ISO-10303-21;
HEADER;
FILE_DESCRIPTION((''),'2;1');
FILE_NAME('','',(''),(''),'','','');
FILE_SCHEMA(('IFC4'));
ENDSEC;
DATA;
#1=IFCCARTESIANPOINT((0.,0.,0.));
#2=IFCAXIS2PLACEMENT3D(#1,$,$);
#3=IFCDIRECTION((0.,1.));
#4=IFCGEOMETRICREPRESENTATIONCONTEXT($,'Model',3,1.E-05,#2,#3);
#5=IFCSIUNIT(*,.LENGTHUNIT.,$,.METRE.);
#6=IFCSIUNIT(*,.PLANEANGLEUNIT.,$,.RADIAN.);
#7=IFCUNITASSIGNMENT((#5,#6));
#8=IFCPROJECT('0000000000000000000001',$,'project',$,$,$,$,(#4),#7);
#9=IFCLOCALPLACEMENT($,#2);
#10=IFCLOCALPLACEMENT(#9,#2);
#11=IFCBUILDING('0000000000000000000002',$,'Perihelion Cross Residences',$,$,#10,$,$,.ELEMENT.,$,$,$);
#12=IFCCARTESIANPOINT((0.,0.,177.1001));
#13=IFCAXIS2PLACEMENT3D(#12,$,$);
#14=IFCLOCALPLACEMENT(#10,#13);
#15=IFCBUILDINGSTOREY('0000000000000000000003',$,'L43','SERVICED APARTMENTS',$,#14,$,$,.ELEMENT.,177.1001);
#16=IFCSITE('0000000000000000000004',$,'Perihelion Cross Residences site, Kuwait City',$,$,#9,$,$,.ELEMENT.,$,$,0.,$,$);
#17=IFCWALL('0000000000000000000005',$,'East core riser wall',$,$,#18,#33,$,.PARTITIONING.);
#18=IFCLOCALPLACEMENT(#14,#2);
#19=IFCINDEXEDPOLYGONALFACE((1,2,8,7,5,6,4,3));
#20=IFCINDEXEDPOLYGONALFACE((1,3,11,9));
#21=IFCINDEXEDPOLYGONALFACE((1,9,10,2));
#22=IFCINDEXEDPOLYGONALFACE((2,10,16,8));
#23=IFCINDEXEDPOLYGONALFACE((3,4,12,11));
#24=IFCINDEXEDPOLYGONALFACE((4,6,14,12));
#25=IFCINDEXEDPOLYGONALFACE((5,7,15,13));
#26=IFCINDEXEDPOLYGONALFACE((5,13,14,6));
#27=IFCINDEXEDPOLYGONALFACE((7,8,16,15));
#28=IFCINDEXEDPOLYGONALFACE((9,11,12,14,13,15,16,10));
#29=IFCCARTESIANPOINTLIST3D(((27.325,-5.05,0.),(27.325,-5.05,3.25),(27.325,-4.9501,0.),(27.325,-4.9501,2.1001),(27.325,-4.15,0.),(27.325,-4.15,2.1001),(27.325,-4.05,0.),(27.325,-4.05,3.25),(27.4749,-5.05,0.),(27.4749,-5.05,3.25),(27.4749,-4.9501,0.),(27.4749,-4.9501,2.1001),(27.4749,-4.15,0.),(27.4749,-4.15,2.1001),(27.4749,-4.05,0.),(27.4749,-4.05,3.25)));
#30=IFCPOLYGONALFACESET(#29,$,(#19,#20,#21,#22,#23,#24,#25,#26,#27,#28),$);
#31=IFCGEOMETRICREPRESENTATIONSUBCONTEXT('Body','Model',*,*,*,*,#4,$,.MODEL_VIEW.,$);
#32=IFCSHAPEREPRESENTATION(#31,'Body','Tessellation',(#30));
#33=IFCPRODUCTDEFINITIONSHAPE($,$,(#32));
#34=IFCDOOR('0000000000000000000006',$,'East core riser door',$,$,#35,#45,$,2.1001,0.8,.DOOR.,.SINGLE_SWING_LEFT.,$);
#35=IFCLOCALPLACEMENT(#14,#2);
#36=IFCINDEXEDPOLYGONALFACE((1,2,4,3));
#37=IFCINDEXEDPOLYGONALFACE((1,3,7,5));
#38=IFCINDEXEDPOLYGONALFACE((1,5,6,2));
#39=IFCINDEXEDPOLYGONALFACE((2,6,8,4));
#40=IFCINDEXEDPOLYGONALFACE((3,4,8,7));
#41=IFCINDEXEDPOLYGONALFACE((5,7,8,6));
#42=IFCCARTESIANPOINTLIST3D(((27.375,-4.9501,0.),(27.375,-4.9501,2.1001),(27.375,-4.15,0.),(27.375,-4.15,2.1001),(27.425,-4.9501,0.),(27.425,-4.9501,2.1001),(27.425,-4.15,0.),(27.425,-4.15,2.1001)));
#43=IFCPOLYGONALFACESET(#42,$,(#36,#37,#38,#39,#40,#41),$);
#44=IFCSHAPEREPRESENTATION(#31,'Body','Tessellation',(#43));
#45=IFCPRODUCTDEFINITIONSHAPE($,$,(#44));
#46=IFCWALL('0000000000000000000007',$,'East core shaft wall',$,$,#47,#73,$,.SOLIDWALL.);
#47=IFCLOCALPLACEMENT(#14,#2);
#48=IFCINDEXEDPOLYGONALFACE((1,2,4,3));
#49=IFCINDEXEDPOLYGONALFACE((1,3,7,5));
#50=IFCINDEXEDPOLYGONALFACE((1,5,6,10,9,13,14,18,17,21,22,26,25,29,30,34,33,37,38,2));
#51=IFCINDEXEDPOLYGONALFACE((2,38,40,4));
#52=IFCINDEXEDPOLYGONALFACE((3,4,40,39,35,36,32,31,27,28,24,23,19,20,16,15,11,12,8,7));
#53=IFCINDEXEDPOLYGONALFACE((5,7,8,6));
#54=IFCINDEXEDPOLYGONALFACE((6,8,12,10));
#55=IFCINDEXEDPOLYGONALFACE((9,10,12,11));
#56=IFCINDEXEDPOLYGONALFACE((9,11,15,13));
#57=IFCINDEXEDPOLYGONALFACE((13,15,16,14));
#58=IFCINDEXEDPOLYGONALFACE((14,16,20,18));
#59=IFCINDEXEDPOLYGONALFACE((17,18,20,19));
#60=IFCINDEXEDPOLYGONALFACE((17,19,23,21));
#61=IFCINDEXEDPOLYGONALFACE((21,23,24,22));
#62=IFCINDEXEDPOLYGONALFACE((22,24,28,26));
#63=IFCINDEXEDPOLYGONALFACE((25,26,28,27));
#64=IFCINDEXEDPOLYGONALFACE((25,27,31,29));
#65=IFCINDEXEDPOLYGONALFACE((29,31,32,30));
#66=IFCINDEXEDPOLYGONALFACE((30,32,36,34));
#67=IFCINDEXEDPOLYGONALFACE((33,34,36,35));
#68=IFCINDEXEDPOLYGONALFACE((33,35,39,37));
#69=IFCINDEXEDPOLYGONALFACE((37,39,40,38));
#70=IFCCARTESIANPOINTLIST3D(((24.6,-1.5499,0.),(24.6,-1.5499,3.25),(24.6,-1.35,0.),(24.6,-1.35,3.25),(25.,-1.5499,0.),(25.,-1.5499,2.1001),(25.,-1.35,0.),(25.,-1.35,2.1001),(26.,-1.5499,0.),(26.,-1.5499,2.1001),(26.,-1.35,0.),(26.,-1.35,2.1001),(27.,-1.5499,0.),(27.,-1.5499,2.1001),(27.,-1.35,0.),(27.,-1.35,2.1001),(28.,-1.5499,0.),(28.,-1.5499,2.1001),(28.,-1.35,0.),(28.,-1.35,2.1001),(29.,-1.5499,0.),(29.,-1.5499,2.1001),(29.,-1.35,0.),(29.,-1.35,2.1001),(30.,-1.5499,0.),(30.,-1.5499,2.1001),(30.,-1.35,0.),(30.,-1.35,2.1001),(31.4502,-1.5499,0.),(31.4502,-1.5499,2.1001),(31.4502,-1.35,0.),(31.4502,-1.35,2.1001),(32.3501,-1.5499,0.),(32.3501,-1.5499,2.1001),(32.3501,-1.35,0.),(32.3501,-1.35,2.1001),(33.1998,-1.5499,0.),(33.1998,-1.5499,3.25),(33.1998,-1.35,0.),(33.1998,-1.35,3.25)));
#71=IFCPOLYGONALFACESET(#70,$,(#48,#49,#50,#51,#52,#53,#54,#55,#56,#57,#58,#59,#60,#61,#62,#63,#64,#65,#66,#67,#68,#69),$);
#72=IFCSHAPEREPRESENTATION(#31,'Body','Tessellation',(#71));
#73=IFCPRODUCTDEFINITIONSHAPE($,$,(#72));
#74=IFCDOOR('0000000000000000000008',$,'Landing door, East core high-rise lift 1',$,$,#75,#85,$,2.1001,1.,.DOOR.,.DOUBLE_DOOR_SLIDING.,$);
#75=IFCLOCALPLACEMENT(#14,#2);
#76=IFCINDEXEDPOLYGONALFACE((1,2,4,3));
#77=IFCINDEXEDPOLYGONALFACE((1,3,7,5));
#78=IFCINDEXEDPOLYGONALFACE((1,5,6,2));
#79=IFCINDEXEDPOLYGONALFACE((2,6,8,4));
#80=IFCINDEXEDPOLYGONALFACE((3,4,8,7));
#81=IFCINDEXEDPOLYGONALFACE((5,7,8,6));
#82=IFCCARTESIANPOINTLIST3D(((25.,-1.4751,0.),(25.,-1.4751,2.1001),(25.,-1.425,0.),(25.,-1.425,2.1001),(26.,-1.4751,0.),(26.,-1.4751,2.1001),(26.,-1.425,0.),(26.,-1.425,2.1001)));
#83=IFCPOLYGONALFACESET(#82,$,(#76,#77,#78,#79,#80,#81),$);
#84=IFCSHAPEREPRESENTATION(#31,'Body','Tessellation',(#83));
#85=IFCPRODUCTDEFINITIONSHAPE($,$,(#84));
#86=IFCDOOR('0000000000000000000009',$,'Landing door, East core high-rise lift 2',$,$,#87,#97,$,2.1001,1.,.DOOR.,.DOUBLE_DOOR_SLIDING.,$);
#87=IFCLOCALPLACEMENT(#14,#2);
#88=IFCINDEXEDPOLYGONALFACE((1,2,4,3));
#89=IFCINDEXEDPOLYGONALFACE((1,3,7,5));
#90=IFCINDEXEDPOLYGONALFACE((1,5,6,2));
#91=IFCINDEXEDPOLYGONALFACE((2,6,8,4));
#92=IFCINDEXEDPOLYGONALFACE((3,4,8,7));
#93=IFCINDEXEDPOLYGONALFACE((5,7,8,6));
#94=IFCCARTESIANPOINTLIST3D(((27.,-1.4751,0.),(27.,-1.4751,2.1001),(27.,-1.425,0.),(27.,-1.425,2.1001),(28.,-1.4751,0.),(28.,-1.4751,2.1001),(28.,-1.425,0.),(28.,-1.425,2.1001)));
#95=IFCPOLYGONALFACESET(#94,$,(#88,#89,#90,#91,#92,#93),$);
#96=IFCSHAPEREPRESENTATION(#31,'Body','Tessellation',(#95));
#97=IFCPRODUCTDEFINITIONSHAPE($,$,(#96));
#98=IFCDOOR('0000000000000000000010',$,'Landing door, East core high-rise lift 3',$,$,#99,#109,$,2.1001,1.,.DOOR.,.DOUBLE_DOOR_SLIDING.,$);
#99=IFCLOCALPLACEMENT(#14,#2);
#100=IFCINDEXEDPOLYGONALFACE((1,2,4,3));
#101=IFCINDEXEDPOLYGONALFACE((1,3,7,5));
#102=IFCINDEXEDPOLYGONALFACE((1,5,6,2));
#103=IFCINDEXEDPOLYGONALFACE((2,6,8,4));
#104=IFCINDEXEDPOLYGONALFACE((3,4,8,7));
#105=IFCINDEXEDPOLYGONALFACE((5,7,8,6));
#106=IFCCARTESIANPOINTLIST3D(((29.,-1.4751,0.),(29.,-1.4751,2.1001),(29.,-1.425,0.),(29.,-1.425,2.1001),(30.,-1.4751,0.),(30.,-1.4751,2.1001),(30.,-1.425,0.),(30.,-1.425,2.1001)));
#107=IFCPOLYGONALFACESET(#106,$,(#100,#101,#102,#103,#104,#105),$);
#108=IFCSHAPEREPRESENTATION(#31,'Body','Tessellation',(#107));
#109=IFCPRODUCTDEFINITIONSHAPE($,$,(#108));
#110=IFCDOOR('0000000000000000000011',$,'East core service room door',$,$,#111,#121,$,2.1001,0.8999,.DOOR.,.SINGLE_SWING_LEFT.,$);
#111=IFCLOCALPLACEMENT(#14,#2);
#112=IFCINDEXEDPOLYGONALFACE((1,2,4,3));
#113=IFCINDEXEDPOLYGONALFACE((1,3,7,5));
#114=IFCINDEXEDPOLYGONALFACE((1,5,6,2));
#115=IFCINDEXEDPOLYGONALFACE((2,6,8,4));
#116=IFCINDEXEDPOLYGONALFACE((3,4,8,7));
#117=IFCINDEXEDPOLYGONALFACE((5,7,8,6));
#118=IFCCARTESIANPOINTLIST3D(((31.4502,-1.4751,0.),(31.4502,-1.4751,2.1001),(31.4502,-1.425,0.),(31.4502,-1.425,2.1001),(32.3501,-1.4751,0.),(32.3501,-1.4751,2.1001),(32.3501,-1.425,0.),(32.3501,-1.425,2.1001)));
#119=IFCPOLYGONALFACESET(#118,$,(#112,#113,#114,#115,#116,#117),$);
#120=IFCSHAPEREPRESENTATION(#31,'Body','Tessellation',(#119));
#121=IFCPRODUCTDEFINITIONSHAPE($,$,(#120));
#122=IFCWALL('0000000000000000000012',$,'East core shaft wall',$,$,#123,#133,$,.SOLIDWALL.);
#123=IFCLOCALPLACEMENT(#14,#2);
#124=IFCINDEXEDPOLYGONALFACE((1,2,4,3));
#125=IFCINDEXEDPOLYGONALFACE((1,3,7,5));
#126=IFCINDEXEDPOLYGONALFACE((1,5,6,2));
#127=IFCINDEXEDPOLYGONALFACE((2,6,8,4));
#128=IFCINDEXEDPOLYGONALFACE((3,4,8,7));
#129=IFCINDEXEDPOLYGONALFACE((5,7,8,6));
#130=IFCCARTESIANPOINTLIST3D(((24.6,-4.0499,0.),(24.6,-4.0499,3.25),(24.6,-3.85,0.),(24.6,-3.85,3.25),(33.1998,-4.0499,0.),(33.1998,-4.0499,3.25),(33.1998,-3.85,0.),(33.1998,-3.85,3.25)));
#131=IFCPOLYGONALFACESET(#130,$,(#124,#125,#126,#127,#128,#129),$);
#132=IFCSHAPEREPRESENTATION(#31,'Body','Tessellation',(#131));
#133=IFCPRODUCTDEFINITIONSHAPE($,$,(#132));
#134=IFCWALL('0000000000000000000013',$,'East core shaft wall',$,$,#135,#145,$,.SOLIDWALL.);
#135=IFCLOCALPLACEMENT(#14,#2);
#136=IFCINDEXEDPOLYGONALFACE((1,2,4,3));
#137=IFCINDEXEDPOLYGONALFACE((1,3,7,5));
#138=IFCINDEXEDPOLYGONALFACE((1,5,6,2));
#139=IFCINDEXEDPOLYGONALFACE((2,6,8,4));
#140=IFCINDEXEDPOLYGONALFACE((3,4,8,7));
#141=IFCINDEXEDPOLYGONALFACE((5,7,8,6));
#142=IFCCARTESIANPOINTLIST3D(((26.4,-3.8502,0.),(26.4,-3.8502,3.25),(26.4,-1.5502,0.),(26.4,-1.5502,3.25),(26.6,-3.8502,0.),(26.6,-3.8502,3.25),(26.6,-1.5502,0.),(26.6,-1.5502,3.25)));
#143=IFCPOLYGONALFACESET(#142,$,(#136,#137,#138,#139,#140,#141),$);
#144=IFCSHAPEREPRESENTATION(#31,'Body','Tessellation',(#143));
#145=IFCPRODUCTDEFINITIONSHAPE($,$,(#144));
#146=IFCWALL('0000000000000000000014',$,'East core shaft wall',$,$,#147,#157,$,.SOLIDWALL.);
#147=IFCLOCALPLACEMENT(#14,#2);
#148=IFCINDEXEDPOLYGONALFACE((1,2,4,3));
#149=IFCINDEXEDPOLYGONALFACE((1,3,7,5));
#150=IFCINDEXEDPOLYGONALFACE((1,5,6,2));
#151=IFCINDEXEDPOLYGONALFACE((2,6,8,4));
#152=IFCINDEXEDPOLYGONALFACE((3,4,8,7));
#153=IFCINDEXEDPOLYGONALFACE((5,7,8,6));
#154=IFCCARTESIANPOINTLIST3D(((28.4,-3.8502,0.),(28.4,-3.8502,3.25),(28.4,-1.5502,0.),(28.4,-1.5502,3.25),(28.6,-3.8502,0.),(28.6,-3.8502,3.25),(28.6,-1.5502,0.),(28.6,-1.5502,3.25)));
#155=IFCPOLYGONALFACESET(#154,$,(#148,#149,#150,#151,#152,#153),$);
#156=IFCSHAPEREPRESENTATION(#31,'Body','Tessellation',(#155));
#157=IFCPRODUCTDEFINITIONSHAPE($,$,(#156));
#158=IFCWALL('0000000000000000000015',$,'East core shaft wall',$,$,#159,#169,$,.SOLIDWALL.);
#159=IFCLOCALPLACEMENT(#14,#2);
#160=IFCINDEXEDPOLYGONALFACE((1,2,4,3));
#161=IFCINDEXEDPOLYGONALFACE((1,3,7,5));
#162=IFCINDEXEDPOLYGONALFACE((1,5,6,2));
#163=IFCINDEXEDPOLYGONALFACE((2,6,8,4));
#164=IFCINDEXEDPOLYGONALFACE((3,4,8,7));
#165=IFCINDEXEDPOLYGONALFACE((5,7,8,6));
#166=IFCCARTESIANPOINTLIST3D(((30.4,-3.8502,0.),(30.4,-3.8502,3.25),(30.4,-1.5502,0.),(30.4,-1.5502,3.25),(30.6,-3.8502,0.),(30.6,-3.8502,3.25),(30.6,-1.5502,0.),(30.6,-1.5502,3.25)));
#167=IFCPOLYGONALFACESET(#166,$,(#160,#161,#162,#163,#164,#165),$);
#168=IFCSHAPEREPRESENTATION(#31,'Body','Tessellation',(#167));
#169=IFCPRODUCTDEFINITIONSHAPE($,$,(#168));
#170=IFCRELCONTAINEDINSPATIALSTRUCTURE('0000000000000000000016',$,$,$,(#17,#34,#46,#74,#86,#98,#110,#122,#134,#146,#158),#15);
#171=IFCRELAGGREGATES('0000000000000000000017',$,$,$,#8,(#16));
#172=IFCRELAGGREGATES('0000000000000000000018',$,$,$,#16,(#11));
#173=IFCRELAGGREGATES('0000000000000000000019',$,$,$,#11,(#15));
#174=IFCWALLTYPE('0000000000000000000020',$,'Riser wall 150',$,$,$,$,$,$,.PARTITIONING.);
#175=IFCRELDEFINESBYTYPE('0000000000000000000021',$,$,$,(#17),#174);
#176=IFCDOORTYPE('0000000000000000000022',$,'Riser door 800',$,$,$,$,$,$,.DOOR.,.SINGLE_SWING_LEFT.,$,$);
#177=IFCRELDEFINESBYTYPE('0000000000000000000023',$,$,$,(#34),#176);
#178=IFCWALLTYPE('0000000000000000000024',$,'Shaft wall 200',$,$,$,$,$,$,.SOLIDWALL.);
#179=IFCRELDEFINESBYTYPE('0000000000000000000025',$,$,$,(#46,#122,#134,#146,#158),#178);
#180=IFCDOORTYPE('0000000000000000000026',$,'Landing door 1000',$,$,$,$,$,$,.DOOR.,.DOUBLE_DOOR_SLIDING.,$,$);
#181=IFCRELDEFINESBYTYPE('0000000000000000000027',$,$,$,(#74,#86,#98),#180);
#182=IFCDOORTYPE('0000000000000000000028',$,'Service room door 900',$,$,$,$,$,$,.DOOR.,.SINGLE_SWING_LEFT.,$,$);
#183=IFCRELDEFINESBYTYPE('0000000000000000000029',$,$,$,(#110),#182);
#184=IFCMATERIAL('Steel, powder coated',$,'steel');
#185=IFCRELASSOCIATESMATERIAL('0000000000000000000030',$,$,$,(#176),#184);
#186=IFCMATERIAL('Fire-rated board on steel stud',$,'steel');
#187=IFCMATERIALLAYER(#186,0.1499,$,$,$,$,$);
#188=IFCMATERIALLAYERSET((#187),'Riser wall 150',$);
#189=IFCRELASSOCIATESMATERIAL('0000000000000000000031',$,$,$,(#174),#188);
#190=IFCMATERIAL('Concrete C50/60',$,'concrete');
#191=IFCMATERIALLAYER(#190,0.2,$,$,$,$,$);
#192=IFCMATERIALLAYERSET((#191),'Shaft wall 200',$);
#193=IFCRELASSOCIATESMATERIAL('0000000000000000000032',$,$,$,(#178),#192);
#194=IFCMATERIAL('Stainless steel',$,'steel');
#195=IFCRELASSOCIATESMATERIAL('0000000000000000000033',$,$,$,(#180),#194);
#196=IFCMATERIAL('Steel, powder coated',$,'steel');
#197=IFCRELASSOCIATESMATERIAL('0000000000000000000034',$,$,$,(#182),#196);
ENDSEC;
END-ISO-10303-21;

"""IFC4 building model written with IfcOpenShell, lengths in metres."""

from ifc_helpers import new_model, si_unit, direction, frame, frame_2d, origin, place, context, subcontext, project, spatial, rectangle, extrude, material, layer, layer_set, type_object, element, fill, save


model = new_model("IFC4")

# Units and contexts
model_context = context("Model", 3, precision=1e-05, world=origin(), true_north=direction((0.0, 1.0)))
body_context = subcontext(model_context, "Body", "Model", "MODEL_VIEW")
ifc_project = project(units=[si_unit("LENGTHUNIT", "METRE"), si_unit("PLANEANGLEUNIT", "RADIAN")], contexts=[model_context])

# Site, building, storey
site_placement = place(None, origin())
site = spatial("IfcSite", under=ifc_project, at=site_placement, Name="Perihelion Cross Residences site, Kuwait City", CompositionType="ELEMENT", RefElevation=0.0)
building_placement = place(site_placement, origin())
building = spatial("IfcBuilding", under=site, at=building_placement, Name="Perihelion Cross Residences", CompositionType="ELEMENT")
storey_placement = place(building_placement, frame((0.0, 0.0, 177.1001)))
storey = spatial("IfcBuildingStorey", under=building, at=storey_placement, Name="L43", Description="SERVICED APARTMENTS", CompositionType="ELEMENT", Elevation=177.1001)

# Shared definitions
ifc_material_1 = material(Name="Steel, powder coated", Category="steel")
door_type_1 = type_object("IfcDoorType", Name="Riser door 800", OperationType="SINGLE_SWING_LEFT", PredefinedType="DOOR", material=ifc_material_1)

# Wall, opening, door
ifc_material_2 = material(Name="Fire-rated board on steel stud", Category="steel")
ifc_layer_1 = layer(ifc_material_2, 0.1499)
ifc_layer_set_1 = layer_set([ifc_layer_1], Name="Riser wall 150")
wall_type_1 = type_object("IfcWallType", Name="Riser wall 150", PredefinedType="PARTITIONING", material=ifc_layer_set_1)
wall_1_placement = place(storey_placement, frame((27.3999, -5.05, 0.0), z_axis=(0.0, 0.0, 1.0), x_axis=(0.0, 1.0, 0.0)))
wall_1 = element("IfcWall", 1, at=wall_1_placement, inside=storey, type_object=wall_type_1, Name="East core riser wall", PredefinedType="PARTITIONING", context=body_context, shape_type="SweptSolid", body=[
    extrude(rectangle(XDim=1.0, YDim=0.1499, at=frame_2d((0.5, 0.0))), origin(), (0.0, 0.0, 1.0), 3.25),
])
opening_1_placement = place(wall_1_placement, frame((0.1001, 0.0, 0.0)))
opening_1 = element("IfcOpeningElement", 2, at=opening_1_placement, cuts=wall_1, PredefinedType="OPENING", context=body_context, shape_type="SweptSolid", body=[
    extrude(rectangle(XDim=0.8, YDim=2.1001, at=frame_2d((0.3999, 1.05))), frame((0.0, 0.085, 0.0), z_axis=(0.0, -1.0, 0.0), x_axis=(1.0, 0.0, 0.0)), (0.0, 0.0, 1.0), 0.1699),
])
door_1_placement = place(opening_1_placement, origin())
door_1 = element("IfcDoor", 3, at=door_1_placement, inside=storey, type_object=door_type_1, Name="East core riser door", OperationType="SINGLE_SWING_LEFT", OverallHeight=2.1001, OverallWidth=0.8, PredefinedType="DOOR", context=body_context, shape_type="SweptSolid", body=[
    extrude(rectangle(XDim=0.8, YDim=2.1001, at=frame_2d((0.3999, 1.05))), frame((0.0, 0.0249, 0.0), z_axis=(0.0, -1.0, 0.0), x_axis=(1.0, 0.0, 0.0)), (0.0, 0.0, 1.0), 0.05),
])
fill(opening_1, door_1)

# Wall, openings, doors
ifc_material_3 = material(Name="Concrete C50/60", Category="concrete")
ifc_layer_2 = layer(ifc_material_3, 0.2)
ifc_layer_set_2 = layer_set([ifc_layer_2], Name="Shaft wall 200")
wall_type_2 = type_object("IfcWallType", Name="Shaft wall 200", PredefinedType="SOLIDWALL", material=ifc_layer_set_2)
wall_2_placement = place(storey_placement, frame((24.6001, -1.45, 0.0), z_axis=(0.0, 0.0, 1.0), x_axis=(1.0, 0.0, 0.0)))
wall_2 = element("IfcWall", 4, at=wall_2_placement, inside=storey, type_object=wall_type_2, Name="East core shaft wall", PredefinedType="SOLIDWALL", context=body_context, shape_type="SweptSolid", body=[
    extrude(rectangle(XDim=8.5999, YDim=0.2, at=frame_2d((4.2998, 0.0))), origin(), (0.0, 0.0, 1.0), 3.25),
])
opening_2_placement = place(wall_2_placement, frame((0.3999, 0.0, 0.0)))
opening_2 = element("IfcOpeningElement", 5, at=opening_2_placement, cuts=wall_2, PredefinedType="OPENING", context=body_context, shape_type="SweptSolid", body=[
    extrude(rectangle(XDim=1.0, YDim=2.1001, at=frame_2d((0.5, 1.05))), frame((0.0, 0.1099, 0.0), z_axis=(0.0, -1.0, 0.0), x_axis=(1.0, 0.0, 0.0)), (0.0, 0.0, 1.0), 0.22),
])
opening_3_placement = place(wall_2_placement, frame((2.3999, 0.0, 0.0)))
opening_3 = element("IfcOpeningElement", 6, at=opening_3_placement, cuts=wall_2, PredefinedType="OPENING", context=body_context, shape_type="SweptSolid", body=[
    extrude(rectangle(XDim=1.0, YDim=2.1001, at=frame_2d((0.5, 1.05))), frame((0.0, 0.1099, 0.0), z_axis=(0.0, -1.0, 0.0), x_axis=(1.0, 0.0, 0.0)), (0.0, 0.0, 1.0), 0.22),
])
opening_4_placement = place(wall_2_placement, frame((4.3999, 0.0, 0.0)))
opening_4 = element("IfcOpeningElement", 7, at=opening_4_placement, cuts=wall_2, PredefinedType="OPENING", context=body_context, shape_type="SweptSolid", body=[
    extrude(rectangle(XDim=1.0, YDim=2.1001, at=frame_2d((0.5, 1.05))), frame((0.0, 0.1099, 0.0), z_axis=(0.0, -1.0, 0.0), x_axis=(1.0, 0.0, 0.0)), (0.0, 0.0, 1.0), 0.22),
])
opening_5_placement = place(wall_2_placement, frame((6.8501, 0.0, 0.0)))
opening_5 = element("IfcOpeningElement", 8, at=opening_5_placement, cuts=wall_2, PredefinedType="OPENING", context=body_context, shape_type="SweptSolid", body=[
    extrude(rectangle(XDim=0.8999, YDim=2.1001, at=frame_2d((0.45, 1.05))), frame((0.0, 0.1099, 0.0), z_axis=(0.0, -1.0, 0.0), x_axis=(1.0, 0.0, 0.0)), (0.0, 0.0, 1.0), 0.22),
])
ifc_material_4 = material(Name="Stainless steel", Category="steel")
door_type_2 = type_object("IfcDoorType", Name="Landing door 1000", OperationType="DOUBLE_DOOR_SLIDING", PredefinedType="DOOR", material=ifc_material_4)
door_2_placement = place(opening_2_placement, origin())
door_2 = element("IfcDoor", 9, at=door_2_placement, inside=storey, type_object=door_type_2, Name="Landing door, East core high-rise lift 1", OperationType="DOUBLE_DOOR_SLIDING", OverallHeight=2.1001, OverallWidth=1.0, PredefinedType="DOOR", context=body_context, shape_type="SweptSolid", body=[
    extrude(rectangle(XDim=1.0, YDim=2.1001, at=frame_2d((0.5, 1.05))), frame((0.0, 0.0249, 0.0), z_axis=(0.0, -1.0, 0.0), x_axis=(1.0, 0.0, 0.0)), (0.0, 0.0, 1.0), 0.05),
])
fill(opening_2, door_2)
door_3_placement = place(opening_3_placement, origin())
door_3 = element("IfcDoor", 10, at=door_3_placement, inside=storey, type_object=door_type_2, Name="Landing door, East core high-rise lift 2", OperationType="DOUBLE_DOOR_SLIDING", OverallHeight=2.1001, OverallWidth=1.0, PredefinedType="DOOR", context=body_context, shape_type="SweptSolid", body=[
    extrude(rectangle(XDim=1.0, YDim=2.1001, at=frame_2d((0.5, 1.05))), frame((0.0, 0.0249, 0.0), z_axis=(0.0, -1.0, 0.0), x_axis=(1.0, 0.0, 0.0)), (0.0, 0.0, 1.0), 0.05),
])
fill(opening_3, door_3)
door_4_placement = place(opening_4_placement, origin())
door_4 = element("IfcDoor", 11, at=door_4_placement, inside=storey, type_object=door_type_2, Name="Landing door, East core high-rise lift 3", OperationType="DOUBLE_DOOR_SLIDING", OverallHeight=2.1001, OverallWidth=1.0, PredefinedType="DOOR", context=body_context, shape_type="SweptSolid", body=[
    extrude(rectangle(XDim=1.0, YDim=2.1001, at=frame_2d((0.5, 1.05))), frame((0.0, 0.0249, 0.0), z_axis=(0.0, -1.0, 0.0), x_axis=(1.0, 0.0, 0.0)), (0.0, 0.0, 1.0), 0.05),
])
fill(opening_4, door_4)
ifc_material_5 = material(Name="Steel, powder coated", Category="steel")
door_type_3 = type_object("IfcDoorType", Name="Service room door 900", OperationType="SINGLE_SWING_LEFT", PredefinedType="DOOR", material=ifc_material_5)
door_5_placement = place(opening_5_placement, origin())
door_5 = element("IfcDoor", 12, at=door_5_placement, inside=storey, type_object=door_type_3, Name="East core service room door", OperationType="SINGLE_SWING_LEFT", OverallHeight=2.1001, OverallWidth=0.8999, PredefinedType="DOOR", context=body_context, shape_type="SweptSolid", body=[
    extrude(rectangle(XDim=0.8999, YDim=2.1001, at=frame_2d((0.45, 1.05))), frame((0.0, 0.0249, 0.0), z_axis=(0.0, -1.0, 0.0), x_axis=(1.0, 0.0, 0.0)), (0.0, 0.0, 1.0), 0.05),
])
fill(opening_5, door_5)

# Walls
wall_3_placement = place(storey_placement, frame((24.6001, -3.95, 0.0), z_axis=(0.0, 0.0, 1.0), x_axis=(1.0, 0.0, 0.0)))
element("IfcWall", 13, at=wall_3_placement, inside=storey, type_object=wall_type_2, Name="East core shaft wall", PredefinedType="SOLIDWALL", context=body_context, shape_type="SweptSolid", body=[
    extrude(rectangle(XDim=8.5999, YDim=0.2, at=frame_2d((4.2998, 0.0))), origin(), (0.0, 0.0, 1.0), 3.25),
])
for number, where, z_axis, x_axis, name in (
    (14, (26.5, -3.8501, 0.0), (0.0, 0.0, 1.0), (0.0, 1.0, 0.0), "East core shaft wall"),
    (15, (28.5, -3.8501, 0.0), (0.0, 0.0, 1.0), (0.0, 1.0, 0.0), "East core shaft wall"),
    (16, (30.5, -3.8501, 0.0), (0.0, 0.0, 1.0), (0.0, 1.0, 0.0), "East core shaft wall"),
):
    element("IfcWall", number, at=place(storey_placement, frame(where, z_axis=z_axis, x_axis=x_axis)), inside=storey, type_object=wall_type_2, Name=name, PredefinedType="SOLIDWALL", context=body_context, shape_type="SweptSolid", body=[
        extrude(rectangle(XDim=2.3, YDim=0.2, at=frame_2d((1.1499, 0.0))), origin(), (0.0, 0.0, 1.0), 3.25),
    ])

save(model, "model.ifc")
